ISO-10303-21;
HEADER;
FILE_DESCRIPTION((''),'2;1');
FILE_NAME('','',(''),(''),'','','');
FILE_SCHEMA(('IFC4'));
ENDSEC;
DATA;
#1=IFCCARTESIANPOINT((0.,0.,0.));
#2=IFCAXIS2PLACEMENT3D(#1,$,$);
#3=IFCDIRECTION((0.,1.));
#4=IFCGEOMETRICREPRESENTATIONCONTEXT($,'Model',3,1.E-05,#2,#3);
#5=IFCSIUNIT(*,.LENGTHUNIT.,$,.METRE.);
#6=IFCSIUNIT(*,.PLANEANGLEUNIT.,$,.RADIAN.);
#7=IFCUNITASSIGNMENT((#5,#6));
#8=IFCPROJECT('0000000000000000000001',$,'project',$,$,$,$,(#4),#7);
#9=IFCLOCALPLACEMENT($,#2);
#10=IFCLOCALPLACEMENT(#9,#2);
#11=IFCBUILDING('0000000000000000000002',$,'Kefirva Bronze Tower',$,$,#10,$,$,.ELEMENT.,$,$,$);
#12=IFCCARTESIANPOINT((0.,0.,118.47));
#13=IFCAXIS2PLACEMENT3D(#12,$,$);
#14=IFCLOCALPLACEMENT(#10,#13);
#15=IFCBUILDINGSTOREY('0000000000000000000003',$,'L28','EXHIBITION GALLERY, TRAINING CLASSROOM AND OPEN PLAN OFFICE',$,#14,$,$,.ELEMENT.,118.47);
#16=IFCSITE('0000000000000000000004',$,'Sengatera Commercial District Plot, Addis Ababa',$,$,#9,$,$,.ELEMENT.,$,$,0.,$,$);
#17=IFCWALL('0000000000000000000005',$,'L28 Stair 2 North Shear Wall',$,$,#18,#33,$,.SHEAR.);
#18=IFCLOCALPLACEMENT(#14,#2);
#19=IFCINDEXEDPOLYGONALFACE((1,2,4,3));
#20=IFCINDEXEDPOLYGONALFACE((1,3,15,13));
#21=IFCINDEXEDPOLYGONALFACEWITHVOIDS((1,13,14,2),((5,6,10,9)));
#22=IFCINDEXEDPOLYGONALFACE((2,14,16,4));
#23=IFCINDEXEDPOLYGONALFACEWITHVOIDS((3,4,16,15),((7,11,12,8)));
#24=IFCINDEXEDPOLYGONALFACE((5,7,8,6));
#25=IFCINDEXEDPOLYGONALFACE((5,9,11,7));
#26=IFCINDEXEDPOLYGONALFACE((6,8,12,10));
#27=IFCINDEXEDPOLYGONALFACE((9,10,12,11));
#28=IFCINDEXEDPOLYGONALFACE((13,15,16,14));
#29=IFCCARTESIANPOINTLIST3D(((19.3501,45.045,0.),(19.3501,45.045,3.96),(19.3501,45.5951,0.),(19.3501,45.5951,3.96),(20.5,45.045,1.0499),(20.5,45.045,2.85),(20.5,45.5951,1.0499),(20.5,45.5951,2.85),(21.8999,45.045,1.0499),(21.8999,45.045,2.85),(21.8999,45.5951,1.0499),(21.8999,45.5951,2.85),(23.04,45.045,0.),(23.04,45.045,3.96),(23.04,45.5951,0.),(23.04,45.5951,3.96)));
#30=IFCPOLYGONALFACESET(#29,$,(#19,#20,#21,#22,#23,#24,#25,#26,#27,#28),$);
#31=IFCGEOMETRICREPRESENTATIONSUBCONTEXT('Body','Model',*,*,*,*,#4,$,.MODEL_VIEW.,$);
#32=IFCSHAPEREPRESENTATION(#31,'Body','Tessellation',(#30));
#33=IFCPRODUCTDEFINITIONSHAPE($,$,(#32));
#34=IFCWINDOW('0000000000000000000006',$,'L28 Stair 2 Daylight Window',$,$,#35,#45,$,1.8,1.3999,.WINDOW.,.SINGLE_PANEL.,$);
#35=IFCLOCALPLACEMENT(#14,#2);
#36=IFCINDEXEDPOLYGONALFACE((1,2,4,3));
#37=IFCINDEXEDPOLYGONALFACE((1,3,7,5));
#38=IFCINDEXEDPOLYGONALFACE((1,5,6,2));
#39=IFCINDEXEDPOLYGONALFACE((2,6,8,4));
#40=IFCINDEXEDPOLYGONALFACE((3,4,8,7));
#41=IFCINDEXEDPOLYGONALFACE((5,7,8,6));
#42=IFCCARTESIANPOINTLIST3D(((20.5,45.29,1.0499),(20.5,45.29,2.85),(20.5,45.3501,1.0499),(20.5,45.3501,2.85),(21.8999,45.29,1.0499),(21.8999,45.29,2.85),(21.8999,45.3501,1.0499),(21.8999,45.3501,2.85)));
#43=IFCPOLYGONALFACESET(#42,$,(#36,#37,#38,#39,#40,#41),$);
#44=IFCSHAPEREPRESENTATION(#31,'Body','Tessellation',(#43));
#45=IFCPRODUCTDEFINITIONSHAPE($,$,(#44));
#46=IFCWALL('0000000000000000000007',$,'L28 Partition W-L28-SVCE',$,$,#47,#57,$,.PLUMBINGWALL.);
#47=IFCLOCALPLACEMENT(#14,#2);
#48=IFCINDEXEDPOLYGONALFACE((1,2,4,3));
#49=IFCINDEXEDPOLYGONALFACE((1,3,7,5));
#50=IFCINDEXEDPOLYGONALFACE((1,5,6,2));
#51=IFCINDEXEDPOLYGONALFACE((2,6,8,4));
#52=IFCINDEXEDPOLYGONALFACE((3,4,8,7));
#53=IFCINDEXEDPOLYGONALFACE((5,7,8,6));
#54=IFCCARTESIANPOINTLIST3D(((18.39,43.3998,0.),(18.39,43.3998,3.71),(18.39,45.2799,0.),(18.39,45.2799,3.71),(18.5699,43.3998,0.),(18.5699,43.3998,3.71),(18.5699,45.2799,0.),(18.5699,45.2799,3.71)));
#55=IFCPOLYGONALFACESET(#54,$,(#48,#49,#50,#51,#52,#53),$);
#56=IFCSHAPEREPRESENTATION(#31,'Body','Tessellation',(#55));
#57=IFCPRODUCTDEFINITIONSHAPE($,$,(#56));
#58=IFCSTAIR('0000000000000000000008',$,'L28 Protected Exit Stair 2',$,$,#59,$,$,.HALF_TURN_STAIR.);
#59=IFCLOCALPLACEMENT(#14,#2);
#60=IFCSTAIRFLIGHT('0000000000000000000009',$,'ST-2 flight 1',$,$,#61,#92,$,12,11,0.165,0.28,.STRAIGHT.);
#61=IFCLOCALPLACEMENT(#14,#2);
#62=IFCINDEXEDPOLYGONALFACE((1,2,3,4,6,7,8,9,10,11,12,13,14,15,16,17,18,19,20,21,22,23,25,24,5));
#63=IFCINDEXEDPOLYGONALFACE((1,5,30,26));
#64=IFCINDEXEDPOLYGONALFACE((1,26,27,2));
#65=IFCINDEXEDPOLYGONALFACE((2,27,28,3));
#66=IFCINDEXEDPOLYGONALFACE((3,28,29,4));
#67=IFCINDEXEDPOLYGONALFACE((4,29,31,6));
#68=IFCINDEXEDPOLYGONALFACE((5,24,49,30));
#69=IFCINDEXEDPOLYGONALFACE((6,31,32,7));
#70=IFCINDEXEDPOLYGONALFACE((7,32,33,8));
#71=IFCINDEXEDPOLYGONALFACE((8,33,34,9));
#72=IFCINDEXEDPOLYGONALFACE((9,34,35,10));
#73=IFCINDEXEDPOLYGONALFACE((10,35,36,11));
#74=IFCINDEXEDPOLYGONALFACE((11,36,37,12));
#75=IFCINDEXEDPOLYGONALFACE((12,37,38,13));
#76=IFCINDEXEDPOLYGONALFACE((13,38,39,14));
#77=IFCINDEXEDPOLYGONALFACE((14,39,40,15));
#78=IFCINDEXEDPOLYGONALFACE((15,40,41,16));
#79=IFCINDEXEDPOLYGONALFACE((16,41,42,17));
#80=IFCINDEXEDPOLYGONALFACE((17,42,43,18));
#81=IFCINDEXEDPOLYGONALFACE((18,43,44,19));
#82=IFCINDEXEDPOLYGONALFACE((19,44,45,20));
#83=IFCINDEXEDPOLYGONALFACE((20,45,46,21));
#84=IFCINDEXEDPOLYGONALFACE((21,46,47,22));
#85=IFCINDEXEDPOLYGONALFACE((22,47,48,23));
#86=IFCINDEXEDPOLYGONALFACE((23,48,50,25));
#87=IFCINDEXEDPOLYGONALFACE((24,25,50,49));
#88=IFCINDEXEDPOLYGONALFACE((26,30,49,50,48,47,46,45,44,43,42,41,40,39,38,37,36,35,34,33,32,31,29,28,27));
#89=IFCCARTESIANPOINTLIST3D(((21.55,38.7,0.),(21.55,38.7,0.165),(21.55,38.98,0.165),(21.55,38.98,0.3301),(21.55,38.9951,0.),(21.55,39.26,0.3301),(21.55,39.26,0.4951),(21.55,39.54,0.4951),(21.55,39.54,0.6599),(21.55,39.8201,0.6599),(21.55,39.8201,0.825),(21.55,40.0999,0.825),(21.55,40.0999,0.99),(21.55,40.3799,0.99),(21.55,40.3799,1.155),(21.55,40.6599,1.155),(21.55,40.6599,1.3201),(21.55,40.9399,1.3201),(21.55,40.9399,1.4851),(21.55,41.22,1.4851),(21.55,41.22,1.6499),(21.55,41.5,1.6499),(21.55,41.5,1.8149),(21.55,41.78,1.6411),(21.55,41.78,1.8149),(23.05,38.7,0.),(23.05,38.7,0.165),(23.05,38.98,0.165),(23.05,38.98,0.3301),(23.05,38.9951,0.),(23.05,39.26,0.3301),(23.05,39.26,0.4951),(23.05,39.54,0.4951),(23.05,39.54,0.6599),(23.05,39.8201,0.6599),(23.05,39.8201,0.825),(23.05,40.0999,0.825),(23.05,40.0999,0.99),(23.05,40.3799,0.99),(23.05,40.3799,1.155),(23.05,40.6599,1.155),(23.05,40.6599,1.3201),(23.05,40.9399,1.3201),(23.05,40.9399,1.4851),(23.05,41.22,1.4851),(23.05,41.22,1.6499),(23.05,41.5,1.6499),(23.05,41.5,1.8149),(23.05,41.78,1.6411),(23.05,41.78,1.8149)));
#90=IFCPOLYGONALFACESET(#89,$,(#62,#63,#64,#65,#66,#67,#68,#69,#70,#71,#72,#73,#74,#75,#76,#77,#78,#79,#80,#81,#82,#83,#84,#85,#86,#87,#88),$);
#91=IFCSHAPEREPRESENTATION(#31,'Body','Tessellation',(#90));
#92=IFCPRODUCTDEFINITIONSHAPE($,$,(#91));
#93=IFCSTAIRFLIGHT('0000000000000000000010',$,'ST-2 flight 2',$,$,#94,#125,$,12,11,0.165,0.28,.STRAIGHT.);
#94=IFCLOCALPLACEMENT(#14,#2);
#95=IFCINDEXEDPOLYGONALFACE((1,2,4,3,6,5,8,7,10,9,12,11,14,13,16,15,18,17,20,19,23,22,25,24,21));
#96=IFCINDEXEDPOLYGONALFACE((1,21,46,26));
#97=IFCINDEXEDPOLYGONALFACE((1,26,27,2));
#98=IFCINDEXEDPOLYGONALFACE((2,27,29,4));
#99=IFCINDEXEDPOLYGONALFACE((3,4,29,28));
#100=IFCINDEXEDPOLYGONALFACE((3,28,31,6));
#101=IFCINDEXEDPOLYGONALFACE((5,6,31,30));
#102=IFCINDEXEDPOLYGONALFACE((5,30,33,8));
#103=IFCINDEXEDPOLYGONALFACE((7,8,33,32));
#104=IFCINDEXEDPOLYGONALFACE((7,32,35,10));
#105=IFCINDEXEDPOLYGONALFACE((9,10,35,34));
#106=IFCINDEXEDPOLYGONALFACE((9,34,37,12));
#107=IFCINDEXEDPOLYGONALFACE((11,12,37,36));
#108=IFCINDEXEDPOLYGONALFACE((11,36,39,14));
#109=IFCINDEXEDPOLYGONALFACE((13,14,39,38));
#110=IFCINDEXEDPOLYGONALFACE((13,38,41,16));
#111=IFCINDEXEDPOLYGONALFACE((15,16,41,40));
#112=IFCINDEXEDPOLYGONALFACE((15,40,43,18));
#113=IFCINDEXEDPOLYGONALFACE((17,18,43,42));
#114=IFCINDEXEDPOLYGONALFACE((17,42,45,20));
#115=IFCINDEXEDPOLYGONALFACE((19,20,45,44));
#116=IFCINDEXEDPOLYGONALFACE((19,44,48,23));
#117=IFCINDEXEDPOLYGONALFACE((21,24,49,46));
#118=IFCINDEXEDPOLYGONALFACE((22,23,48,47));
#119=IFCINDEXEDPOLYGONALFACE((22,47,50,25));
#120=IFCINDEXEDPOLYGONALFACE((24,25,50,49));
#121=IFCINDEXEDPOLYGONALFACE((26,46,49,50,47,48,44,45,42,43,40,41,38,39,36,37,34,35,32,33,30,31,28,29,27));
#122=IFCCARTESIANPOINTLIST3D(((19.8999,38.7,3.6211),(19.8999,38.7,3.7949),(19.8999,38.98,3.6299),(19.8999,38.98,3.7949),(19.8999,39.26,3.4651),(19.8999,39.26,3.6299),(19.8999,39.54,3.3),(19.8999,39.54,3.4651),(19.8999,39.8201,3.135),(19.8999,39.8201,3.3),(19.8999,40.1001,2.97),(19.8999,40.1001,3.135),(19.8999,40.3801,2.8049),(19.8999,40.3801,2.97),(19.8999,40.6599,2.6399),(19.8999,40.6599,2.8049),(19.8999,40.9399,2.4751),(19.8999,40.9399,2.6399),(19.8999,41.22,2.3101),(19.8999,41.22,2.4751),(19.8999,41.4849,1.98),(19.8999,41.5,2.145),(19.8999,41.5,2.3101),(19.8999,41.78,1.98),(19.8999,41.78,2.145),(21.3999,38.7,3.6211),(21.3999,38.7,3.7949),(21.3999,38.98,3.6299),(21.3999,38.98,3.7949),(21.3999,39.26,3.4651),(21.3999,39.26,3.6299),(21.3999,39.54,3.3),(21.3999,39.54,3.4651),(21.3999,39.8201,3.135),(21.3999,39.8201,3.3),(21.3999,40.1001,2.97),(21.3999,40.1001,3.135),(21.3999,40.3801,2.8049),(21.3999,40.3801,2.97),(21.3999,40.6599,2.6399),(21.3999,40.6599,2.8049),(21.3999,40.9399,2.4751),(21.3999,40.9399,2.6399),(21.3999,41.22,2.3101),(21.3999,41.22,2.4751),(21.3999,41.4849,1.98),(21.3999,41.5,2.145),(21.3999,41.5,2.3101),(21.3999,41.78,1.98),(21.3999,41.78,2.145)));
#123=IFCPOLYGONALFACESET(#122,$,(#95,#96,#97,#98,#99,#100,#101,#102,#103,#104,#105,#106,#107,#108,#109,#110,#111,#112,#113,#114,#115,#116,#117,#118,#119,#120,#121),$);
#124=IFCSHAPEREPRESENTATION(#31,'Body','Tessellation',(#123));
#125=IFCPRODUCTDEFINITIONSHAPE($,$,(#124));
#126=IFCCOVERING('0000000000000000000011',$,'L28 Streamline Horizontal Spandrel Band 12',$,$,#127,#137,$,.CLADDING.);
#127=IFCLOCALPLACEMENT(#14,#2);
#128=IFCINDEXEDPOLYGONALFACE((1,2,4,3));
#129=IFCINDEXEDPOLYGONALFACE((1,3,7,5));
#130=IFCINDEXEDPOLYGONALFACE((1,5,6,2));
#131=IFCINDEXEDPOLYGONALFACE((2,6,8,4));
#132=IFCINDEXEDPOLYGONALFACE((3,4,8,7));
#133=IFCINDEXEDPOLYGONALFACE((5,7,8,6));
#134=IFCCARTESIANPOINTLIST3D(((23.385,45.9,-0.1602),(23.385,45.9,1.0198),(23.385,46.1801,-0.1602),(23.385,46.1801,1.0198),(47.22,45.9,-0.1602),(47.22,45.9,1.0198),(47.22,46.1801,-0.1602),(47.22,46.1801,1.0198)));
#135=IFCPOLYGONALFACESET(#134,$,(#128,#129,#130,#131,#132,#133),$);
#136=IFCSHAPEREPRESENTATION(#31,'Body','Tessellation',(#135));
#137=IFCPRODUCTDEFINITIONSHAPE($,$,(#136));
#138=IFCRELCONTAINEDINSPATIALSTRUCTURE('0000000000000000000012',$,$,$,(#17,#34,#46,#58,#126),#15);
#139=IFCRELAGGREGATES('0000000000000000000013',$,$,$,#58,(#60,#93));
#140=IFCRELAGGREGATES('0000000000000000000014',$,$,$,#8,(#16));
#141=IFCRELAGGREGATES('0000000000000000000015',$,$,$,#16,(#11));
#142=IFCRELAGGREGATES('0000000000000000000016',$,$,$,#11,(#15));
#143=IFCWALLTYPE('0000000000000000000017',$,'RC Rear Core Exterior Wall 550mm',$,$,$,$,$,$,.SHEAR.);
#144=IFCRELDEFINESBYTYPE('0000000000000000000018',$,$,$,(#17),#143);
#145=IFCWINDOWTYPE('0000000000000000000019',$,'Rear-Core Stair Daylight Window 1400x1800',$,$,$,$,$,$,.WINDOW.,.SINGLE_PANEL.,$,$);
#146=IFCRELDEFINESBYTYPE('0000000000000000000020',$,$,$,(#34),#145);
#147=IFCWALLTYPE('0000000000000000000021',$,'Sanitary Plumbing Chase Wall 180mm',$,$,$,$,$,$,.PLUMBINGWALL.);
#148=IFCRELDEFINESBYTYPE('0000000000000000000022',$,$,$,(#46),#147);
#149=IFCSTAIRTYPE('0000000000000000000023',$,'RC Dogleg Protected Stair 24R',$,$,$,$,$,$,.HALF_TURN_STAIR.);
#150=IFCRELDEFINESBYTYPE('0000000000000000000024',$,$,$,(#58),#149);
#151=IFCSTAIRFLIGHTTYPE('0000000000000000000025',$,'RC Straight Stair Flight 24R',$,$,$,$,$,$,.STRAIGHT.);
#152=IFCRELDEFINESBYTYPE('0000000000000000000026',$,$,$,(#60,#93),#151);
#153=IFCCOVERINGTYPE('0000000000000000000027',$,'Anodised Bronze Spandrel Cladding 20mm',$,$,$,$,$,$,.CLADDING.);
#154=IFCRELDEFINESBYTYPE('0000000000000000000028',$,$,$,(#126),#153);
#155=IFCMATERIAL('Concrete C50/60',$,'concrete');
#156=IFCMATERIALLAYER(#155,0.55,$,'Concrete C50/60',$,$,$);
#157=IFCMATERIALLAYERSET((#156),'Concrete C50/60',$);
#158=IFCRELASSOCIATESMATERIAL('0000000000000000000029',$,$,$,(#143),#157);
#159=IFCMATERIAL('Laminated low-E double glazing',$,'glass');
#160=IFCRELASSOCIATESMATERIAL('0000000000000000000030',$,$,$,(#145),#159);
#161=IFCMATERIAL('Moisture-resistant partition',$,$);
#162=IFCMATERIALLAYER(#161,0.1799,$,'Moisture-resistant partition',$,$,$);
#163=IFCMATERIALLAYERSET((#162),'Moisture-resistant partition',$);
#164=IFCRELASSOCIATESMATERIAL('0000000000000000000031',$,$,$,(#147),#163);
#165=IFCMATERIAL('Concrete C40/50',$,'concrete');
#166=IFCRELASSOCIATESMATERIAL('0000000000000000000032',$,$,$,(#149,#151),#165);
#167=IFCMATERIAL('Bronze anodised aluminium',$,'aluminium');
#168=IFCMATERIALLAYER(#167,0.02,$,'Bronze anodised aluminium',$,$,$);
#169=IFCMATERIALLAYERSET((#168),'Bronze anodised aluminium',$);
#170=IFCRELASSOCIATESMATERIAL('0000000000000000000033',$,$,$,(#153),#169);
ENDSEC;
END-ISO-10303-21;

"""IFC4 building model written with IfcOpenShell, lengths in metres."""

from ifc_helpers import new_model, si_unit, direction, frame, frame_2d, origin, origin_2d, place, context, subcontext, project, spatial, polyline, rectangle, outline, extrude, material, layer, layer_set, type_object, element, fill, aggregate, save


model = new_model("IFC4")

# Units and contexts
model_context = context("Model", 3, precision=1e-05, world=origin(), true_north=direction((0.0, 1.0)))
body_context = subcontext(model_context, "Body", "Model", "MODEL_VIEW")
ifc_project = project(units=[si_unit("LENGTHUNIT", "METRE"), si_unit("PLANEANGLEUNIT", "RADIAN")], contexts=[model_context])

# Site, building, storey
site_placement = place(None, origin())
site = spatial("IfcSite", under=ifc_project, at=site_placement, Name="Sengatera Commercial District Plot, Addis Ababa", CompositionType="ELEMENT", RefElevation=0.0)
building_placement = place(site_placement, origin())
building = spatial("IfcBuilding", under=site, at=building_placement, Name="Kefirva Bronze Tower", CompositionType="ELEMENT")
storey_placement = place(building_placement, frame((0.0, 0.0, 118.47)))
storey = spatial("IfcBuildingStorey", under=building, at=storey_placement, Name="L28", Description="EXHIBITION GALLERY, TRAINING CLASSROOM AND OPEN PLAN OFFICE", CompositionType="ELEMENT", Elevation=118.47)

# Shared definitions
ifc_material_1 = material(Name="Bronze anodised aluminium", Category="aluminium")

# Shared definitions
ifc_material_2 = material(Name="Concrete C50/60", Category="concrete")

# Shared definitions
ifc_material_3 = material(Name="Laminated low-E double glazing", Category="glass")

# Wall, opening, window
ifc_layer_1 = layer(ifc_material_2, 0.55, Name="Concrete C50/60")
ifc_layer_set_1 = layer_set([ifc_layer_1], Name="Concrete C50/60")
wall_type_1 = type_object("IfcWallType", Name="RC Rear Core Exterior Wall 550mm", PredefinedType="SHEAR", material=ifc_layer_set_1)
wall_1_placement = place(storey_placement, frame((19.3501, 45.3201, 0.0), z_axis=(0.0, 0.0, 1.0), x_axis=(1.0, 0.0, 0.0)))
wall_1 = element("IfcWall", 1, at=wall_1_placement, inside=storey, type_object=wall_type_1, Name="L28 Stair 2 North Shear Wall", PredefinedType="SHEAR", context=body_context, shape_type="SweptSolid", body=[
    extrude(rectangle(XDim=3.6899, YDim=0.55, at=frame_2d((1.845, 0.0))), origin(), (0.0, 0.0, 1.0), 3.96),
])
opening_placement = place(wall_1_placement, frame((1.1499, 0.0, 1.05)))
opening = element("IfcOpeningElement", 2, at=opening_placement, cuts=wall_1, PredefinedType="OPENING", context=body_context, shape_type="SweptSolid", body=[
    extrude(rectangle(XDim=1.3999, YDim=1.8, at=frame_2d((0.7, 0.8999))), frame((0.0, 0.2852, 0.0), z_axis=(0.0, -1.0, 0.0), x_axis=(1.0, 0.0, 0.0)), (0.0, 0.0, 1.0), 0.5701),
])
window_type = type_object("IfcWindowType", Name="Rear-Core Stair Daylight Window 1400x1800", PartitioningType="SINGLE_PANEL", PredefinedType="WINDOW", material=ifc_material_3)
window_placement = place(opening_placement, origin())
window = element("IfcWindow", 3, at=window_placement, inside=storey, type_object=window_type, Name="L28 Stair 2 Daylight Window", OverallHeight=1.8, OverallWidth=1.3999, PartitioningType="SINGLE_PANEL", PredefinedType="WINDOW", context=body_context, shape_type="SweptSolid", body=[
    extrude(rectangle(XDim=1.3999, YDim=1.8, at=frame_2d((0.7, 0.8999))), frame((0.0, 0.03, 0.0), z_axis=(0.0, -1.0, 0.0), x_axis=(1.0, 0.0, 0.0)), (0.0, 0.0, 1.0), 0.0601),
])
fill(opening, window)

# Wall
ifc_material_4 = material(Name="Moisture-resistant partition")
ifc_layer_2 = layer(ifc_material_4, 0.1799, Name="Moisture-resistant partition")
ifc_layer_set_2 = layer_set([ifc_layer_2], Name="Moisture-resistant partition")
wall_type_2 = type_object("IfcWallType", Name="Sanitary Plumbing Chase Wall 180mm", PredefinedType="PLUMBINGWALL", material=ifc_layer_set_2)
wall_2_placement = place(storey_placement, frame((18.48, 43.3999, 0.0), z_axis=(0.0, 0.0, 1.0), x_axis=(0.0, 1.0, 0.0)))
element("IfcWall", 4, at=wall_2_placement, inside=storey, type_object=wall_type_2, Name="L28 Partition W-L28-SVCE", PredefinedType="PLUMBINGWALL", context=body_context, shape_type="SweptSolid", body=[
    extrude(rectangle(XDim=1.8801, YDim=0.1799, at=frame_2d((0.9399, 0.0))), origin(), (0.0, 0.0, 1.0), 3.71),
])

# Stair, stair flights
ifc_material_5 = material(Name="Concrete C40/50", Category="concrete")
stair_type = type_object("IfcStairType", Name="RC Dogleg Protected Stair 24R", PredefinedType="HALF_TURN_STAIR", material=ifc_material_5)
stair_placement = place(storey_placement, origin())
stair = element("IfcStair", 5, at=stair_placement, inside=storey, type_object=stair_type, Name="L28 Protected Exit Stair 2", PredefinedType="HALF_TURN_STAIR")
stair_flight_type = type_object("IfcStairFlightType", Name="RC Straight Stair Flight 24R", PredefinedType="STRAIGHT", material=ifc_material_5)
stair_flight_1_placement = place(storey_placement, frame((22.3, 38.7, 0.0), z_axis=(0.0, 0.0, 1.0), x_axis=(0.0, 1.0, 0.0)))
stair_flight_1 = element("IfcStairFlight", 6, at=stair_flight_1_placement, type_object=stair_flight_type, Name="ST-2 flight 1", NumberOfRisers=12, NumberOfTreads=11, PredefinedType="STRAIGHT", RiserHeight=0.165, TreadLength=0.28, context=body_context, shape_type="SweptSolid", body=[
    extrude(outline(polyline([(0.0, 0.0), (0.0, 0.165), (0.28, 0.165), (0.28, 0.3301), (0.5601, 0.3301), (0.5601, 0.4951), (0.8401, 0.4951), (0.8401, 0.6599), (1.1201, 0.6599), (1.1201, 0.825), (1.3999, 0.825), (1.3999, 0.99), (1.6799, 0.99), (1.6799, 1.155), (1.96, 1.155), (1.96, 1.3201), (2.24, 1.3201), (2.24, 1.4851), (2.52, 1.4851), (2.52, 1.6499), (2.8, 1.6499), (2.8, 1.8149), (3.0801, 1.8149), (3.0801, 1.98), (3.0801, 1.6411), (0.2952, 0.0), (0.0, 0.0)])), frame((0.0, 0.75, 0.0), z_axis=(0.0, -1.0, 0.0), x_axis=(1.0, 0.0, 0.0)), (0.0, 0.0, 1.0), 1.5),
])
stair_flight_2_placement = place(storey_placement, frame((20.6499, 41.78, 1.98), z_axis=(0.0, 0.0, 1.0), x_axis=(0.0, -1.0, 0.0)))
stair_flight_2 = element("IfcStairFlight", 7, at=stair_flight_2_placement, type_object=stair_flight_type, Name="ST-2 flight 2", NumberOfRisers=12, NumberOfTreads=11, PredefinedType="STRAIGHT", RiserHeight=0.165, TreadLength=0.28, context=body_context, shape_type="SweptSolid", body=[
    extrude(outline(polyline([(0.0, 0.0), (0.0, 0.165), (0.28, 0.165), (0.28, 0.3301), (0.5601, 0.3301), (0.5601, 0.4951), (0.8401, 0.4951), (0.8401, 0.6599), (1.1201, 0.6599), (1.1201, 0.825), (1.3999, 0.825), (1.3999, 0.99), (1.6799, 0.99), (1.6799, 1.155), (1.96, 1.155), (1.96, 1.3201), (2.24, 1.3201), (2.24, 1.4851), (2.52, 1.4851), (2.52, 1.6499), (2.8, 1.6499), (2.8, 1.8149), (3.0801, 1.8149), (3.0801, 1.98), (3.0801, 1.6411), (0.2952, 0.0), (0.0, 0.0)])), frame((0.0, 0.75, 0.0), z_axis=(0.0, -1.0, 0.0), x_axis=(1.0, 0.0, 0.0)), (0.0, 0.0, 1.0), 1.5),
])
aggregate(stair, [stair_flight_1, stair_flight_2])

# Covering
ifc_layer_3 = layer(ifc_material_1, 0.02, Name="Bronze anodised aluminium")
ifc_layer_set_3 = layer_set([ifc_layer_3], Name="Bronze anodised aluminium")
covering_type_1 = type_object("IfcCoveringType", Name="Anodised Bronze Spandrel Cladding 20mm", PredefinedType="CLADDING", material=ifc_layer_set_3)
covering_placement = place(storey_placement, frame((35.3025, 46.04, -0.1602), z_axis=(0.0, 0.0, 1.0), x_axis=(-1.0, 0.0, 0.0)))
element("IfcCovering", 8, at=covering_placement, inside=storey, type_object=covering_type_1, Name="L28 Streamline Horizontal Spandrel Band 12", PredefinedType="CLADDING", context=body_context, shape_type="SweptSolid", body=[
    extrude(rectangle(XDim=23.835, YDim=0.28, at=origin_2d()), origin(), (0.0, 0.0, 1.0), 1.1799),
])

save(model, "model.ifc")
